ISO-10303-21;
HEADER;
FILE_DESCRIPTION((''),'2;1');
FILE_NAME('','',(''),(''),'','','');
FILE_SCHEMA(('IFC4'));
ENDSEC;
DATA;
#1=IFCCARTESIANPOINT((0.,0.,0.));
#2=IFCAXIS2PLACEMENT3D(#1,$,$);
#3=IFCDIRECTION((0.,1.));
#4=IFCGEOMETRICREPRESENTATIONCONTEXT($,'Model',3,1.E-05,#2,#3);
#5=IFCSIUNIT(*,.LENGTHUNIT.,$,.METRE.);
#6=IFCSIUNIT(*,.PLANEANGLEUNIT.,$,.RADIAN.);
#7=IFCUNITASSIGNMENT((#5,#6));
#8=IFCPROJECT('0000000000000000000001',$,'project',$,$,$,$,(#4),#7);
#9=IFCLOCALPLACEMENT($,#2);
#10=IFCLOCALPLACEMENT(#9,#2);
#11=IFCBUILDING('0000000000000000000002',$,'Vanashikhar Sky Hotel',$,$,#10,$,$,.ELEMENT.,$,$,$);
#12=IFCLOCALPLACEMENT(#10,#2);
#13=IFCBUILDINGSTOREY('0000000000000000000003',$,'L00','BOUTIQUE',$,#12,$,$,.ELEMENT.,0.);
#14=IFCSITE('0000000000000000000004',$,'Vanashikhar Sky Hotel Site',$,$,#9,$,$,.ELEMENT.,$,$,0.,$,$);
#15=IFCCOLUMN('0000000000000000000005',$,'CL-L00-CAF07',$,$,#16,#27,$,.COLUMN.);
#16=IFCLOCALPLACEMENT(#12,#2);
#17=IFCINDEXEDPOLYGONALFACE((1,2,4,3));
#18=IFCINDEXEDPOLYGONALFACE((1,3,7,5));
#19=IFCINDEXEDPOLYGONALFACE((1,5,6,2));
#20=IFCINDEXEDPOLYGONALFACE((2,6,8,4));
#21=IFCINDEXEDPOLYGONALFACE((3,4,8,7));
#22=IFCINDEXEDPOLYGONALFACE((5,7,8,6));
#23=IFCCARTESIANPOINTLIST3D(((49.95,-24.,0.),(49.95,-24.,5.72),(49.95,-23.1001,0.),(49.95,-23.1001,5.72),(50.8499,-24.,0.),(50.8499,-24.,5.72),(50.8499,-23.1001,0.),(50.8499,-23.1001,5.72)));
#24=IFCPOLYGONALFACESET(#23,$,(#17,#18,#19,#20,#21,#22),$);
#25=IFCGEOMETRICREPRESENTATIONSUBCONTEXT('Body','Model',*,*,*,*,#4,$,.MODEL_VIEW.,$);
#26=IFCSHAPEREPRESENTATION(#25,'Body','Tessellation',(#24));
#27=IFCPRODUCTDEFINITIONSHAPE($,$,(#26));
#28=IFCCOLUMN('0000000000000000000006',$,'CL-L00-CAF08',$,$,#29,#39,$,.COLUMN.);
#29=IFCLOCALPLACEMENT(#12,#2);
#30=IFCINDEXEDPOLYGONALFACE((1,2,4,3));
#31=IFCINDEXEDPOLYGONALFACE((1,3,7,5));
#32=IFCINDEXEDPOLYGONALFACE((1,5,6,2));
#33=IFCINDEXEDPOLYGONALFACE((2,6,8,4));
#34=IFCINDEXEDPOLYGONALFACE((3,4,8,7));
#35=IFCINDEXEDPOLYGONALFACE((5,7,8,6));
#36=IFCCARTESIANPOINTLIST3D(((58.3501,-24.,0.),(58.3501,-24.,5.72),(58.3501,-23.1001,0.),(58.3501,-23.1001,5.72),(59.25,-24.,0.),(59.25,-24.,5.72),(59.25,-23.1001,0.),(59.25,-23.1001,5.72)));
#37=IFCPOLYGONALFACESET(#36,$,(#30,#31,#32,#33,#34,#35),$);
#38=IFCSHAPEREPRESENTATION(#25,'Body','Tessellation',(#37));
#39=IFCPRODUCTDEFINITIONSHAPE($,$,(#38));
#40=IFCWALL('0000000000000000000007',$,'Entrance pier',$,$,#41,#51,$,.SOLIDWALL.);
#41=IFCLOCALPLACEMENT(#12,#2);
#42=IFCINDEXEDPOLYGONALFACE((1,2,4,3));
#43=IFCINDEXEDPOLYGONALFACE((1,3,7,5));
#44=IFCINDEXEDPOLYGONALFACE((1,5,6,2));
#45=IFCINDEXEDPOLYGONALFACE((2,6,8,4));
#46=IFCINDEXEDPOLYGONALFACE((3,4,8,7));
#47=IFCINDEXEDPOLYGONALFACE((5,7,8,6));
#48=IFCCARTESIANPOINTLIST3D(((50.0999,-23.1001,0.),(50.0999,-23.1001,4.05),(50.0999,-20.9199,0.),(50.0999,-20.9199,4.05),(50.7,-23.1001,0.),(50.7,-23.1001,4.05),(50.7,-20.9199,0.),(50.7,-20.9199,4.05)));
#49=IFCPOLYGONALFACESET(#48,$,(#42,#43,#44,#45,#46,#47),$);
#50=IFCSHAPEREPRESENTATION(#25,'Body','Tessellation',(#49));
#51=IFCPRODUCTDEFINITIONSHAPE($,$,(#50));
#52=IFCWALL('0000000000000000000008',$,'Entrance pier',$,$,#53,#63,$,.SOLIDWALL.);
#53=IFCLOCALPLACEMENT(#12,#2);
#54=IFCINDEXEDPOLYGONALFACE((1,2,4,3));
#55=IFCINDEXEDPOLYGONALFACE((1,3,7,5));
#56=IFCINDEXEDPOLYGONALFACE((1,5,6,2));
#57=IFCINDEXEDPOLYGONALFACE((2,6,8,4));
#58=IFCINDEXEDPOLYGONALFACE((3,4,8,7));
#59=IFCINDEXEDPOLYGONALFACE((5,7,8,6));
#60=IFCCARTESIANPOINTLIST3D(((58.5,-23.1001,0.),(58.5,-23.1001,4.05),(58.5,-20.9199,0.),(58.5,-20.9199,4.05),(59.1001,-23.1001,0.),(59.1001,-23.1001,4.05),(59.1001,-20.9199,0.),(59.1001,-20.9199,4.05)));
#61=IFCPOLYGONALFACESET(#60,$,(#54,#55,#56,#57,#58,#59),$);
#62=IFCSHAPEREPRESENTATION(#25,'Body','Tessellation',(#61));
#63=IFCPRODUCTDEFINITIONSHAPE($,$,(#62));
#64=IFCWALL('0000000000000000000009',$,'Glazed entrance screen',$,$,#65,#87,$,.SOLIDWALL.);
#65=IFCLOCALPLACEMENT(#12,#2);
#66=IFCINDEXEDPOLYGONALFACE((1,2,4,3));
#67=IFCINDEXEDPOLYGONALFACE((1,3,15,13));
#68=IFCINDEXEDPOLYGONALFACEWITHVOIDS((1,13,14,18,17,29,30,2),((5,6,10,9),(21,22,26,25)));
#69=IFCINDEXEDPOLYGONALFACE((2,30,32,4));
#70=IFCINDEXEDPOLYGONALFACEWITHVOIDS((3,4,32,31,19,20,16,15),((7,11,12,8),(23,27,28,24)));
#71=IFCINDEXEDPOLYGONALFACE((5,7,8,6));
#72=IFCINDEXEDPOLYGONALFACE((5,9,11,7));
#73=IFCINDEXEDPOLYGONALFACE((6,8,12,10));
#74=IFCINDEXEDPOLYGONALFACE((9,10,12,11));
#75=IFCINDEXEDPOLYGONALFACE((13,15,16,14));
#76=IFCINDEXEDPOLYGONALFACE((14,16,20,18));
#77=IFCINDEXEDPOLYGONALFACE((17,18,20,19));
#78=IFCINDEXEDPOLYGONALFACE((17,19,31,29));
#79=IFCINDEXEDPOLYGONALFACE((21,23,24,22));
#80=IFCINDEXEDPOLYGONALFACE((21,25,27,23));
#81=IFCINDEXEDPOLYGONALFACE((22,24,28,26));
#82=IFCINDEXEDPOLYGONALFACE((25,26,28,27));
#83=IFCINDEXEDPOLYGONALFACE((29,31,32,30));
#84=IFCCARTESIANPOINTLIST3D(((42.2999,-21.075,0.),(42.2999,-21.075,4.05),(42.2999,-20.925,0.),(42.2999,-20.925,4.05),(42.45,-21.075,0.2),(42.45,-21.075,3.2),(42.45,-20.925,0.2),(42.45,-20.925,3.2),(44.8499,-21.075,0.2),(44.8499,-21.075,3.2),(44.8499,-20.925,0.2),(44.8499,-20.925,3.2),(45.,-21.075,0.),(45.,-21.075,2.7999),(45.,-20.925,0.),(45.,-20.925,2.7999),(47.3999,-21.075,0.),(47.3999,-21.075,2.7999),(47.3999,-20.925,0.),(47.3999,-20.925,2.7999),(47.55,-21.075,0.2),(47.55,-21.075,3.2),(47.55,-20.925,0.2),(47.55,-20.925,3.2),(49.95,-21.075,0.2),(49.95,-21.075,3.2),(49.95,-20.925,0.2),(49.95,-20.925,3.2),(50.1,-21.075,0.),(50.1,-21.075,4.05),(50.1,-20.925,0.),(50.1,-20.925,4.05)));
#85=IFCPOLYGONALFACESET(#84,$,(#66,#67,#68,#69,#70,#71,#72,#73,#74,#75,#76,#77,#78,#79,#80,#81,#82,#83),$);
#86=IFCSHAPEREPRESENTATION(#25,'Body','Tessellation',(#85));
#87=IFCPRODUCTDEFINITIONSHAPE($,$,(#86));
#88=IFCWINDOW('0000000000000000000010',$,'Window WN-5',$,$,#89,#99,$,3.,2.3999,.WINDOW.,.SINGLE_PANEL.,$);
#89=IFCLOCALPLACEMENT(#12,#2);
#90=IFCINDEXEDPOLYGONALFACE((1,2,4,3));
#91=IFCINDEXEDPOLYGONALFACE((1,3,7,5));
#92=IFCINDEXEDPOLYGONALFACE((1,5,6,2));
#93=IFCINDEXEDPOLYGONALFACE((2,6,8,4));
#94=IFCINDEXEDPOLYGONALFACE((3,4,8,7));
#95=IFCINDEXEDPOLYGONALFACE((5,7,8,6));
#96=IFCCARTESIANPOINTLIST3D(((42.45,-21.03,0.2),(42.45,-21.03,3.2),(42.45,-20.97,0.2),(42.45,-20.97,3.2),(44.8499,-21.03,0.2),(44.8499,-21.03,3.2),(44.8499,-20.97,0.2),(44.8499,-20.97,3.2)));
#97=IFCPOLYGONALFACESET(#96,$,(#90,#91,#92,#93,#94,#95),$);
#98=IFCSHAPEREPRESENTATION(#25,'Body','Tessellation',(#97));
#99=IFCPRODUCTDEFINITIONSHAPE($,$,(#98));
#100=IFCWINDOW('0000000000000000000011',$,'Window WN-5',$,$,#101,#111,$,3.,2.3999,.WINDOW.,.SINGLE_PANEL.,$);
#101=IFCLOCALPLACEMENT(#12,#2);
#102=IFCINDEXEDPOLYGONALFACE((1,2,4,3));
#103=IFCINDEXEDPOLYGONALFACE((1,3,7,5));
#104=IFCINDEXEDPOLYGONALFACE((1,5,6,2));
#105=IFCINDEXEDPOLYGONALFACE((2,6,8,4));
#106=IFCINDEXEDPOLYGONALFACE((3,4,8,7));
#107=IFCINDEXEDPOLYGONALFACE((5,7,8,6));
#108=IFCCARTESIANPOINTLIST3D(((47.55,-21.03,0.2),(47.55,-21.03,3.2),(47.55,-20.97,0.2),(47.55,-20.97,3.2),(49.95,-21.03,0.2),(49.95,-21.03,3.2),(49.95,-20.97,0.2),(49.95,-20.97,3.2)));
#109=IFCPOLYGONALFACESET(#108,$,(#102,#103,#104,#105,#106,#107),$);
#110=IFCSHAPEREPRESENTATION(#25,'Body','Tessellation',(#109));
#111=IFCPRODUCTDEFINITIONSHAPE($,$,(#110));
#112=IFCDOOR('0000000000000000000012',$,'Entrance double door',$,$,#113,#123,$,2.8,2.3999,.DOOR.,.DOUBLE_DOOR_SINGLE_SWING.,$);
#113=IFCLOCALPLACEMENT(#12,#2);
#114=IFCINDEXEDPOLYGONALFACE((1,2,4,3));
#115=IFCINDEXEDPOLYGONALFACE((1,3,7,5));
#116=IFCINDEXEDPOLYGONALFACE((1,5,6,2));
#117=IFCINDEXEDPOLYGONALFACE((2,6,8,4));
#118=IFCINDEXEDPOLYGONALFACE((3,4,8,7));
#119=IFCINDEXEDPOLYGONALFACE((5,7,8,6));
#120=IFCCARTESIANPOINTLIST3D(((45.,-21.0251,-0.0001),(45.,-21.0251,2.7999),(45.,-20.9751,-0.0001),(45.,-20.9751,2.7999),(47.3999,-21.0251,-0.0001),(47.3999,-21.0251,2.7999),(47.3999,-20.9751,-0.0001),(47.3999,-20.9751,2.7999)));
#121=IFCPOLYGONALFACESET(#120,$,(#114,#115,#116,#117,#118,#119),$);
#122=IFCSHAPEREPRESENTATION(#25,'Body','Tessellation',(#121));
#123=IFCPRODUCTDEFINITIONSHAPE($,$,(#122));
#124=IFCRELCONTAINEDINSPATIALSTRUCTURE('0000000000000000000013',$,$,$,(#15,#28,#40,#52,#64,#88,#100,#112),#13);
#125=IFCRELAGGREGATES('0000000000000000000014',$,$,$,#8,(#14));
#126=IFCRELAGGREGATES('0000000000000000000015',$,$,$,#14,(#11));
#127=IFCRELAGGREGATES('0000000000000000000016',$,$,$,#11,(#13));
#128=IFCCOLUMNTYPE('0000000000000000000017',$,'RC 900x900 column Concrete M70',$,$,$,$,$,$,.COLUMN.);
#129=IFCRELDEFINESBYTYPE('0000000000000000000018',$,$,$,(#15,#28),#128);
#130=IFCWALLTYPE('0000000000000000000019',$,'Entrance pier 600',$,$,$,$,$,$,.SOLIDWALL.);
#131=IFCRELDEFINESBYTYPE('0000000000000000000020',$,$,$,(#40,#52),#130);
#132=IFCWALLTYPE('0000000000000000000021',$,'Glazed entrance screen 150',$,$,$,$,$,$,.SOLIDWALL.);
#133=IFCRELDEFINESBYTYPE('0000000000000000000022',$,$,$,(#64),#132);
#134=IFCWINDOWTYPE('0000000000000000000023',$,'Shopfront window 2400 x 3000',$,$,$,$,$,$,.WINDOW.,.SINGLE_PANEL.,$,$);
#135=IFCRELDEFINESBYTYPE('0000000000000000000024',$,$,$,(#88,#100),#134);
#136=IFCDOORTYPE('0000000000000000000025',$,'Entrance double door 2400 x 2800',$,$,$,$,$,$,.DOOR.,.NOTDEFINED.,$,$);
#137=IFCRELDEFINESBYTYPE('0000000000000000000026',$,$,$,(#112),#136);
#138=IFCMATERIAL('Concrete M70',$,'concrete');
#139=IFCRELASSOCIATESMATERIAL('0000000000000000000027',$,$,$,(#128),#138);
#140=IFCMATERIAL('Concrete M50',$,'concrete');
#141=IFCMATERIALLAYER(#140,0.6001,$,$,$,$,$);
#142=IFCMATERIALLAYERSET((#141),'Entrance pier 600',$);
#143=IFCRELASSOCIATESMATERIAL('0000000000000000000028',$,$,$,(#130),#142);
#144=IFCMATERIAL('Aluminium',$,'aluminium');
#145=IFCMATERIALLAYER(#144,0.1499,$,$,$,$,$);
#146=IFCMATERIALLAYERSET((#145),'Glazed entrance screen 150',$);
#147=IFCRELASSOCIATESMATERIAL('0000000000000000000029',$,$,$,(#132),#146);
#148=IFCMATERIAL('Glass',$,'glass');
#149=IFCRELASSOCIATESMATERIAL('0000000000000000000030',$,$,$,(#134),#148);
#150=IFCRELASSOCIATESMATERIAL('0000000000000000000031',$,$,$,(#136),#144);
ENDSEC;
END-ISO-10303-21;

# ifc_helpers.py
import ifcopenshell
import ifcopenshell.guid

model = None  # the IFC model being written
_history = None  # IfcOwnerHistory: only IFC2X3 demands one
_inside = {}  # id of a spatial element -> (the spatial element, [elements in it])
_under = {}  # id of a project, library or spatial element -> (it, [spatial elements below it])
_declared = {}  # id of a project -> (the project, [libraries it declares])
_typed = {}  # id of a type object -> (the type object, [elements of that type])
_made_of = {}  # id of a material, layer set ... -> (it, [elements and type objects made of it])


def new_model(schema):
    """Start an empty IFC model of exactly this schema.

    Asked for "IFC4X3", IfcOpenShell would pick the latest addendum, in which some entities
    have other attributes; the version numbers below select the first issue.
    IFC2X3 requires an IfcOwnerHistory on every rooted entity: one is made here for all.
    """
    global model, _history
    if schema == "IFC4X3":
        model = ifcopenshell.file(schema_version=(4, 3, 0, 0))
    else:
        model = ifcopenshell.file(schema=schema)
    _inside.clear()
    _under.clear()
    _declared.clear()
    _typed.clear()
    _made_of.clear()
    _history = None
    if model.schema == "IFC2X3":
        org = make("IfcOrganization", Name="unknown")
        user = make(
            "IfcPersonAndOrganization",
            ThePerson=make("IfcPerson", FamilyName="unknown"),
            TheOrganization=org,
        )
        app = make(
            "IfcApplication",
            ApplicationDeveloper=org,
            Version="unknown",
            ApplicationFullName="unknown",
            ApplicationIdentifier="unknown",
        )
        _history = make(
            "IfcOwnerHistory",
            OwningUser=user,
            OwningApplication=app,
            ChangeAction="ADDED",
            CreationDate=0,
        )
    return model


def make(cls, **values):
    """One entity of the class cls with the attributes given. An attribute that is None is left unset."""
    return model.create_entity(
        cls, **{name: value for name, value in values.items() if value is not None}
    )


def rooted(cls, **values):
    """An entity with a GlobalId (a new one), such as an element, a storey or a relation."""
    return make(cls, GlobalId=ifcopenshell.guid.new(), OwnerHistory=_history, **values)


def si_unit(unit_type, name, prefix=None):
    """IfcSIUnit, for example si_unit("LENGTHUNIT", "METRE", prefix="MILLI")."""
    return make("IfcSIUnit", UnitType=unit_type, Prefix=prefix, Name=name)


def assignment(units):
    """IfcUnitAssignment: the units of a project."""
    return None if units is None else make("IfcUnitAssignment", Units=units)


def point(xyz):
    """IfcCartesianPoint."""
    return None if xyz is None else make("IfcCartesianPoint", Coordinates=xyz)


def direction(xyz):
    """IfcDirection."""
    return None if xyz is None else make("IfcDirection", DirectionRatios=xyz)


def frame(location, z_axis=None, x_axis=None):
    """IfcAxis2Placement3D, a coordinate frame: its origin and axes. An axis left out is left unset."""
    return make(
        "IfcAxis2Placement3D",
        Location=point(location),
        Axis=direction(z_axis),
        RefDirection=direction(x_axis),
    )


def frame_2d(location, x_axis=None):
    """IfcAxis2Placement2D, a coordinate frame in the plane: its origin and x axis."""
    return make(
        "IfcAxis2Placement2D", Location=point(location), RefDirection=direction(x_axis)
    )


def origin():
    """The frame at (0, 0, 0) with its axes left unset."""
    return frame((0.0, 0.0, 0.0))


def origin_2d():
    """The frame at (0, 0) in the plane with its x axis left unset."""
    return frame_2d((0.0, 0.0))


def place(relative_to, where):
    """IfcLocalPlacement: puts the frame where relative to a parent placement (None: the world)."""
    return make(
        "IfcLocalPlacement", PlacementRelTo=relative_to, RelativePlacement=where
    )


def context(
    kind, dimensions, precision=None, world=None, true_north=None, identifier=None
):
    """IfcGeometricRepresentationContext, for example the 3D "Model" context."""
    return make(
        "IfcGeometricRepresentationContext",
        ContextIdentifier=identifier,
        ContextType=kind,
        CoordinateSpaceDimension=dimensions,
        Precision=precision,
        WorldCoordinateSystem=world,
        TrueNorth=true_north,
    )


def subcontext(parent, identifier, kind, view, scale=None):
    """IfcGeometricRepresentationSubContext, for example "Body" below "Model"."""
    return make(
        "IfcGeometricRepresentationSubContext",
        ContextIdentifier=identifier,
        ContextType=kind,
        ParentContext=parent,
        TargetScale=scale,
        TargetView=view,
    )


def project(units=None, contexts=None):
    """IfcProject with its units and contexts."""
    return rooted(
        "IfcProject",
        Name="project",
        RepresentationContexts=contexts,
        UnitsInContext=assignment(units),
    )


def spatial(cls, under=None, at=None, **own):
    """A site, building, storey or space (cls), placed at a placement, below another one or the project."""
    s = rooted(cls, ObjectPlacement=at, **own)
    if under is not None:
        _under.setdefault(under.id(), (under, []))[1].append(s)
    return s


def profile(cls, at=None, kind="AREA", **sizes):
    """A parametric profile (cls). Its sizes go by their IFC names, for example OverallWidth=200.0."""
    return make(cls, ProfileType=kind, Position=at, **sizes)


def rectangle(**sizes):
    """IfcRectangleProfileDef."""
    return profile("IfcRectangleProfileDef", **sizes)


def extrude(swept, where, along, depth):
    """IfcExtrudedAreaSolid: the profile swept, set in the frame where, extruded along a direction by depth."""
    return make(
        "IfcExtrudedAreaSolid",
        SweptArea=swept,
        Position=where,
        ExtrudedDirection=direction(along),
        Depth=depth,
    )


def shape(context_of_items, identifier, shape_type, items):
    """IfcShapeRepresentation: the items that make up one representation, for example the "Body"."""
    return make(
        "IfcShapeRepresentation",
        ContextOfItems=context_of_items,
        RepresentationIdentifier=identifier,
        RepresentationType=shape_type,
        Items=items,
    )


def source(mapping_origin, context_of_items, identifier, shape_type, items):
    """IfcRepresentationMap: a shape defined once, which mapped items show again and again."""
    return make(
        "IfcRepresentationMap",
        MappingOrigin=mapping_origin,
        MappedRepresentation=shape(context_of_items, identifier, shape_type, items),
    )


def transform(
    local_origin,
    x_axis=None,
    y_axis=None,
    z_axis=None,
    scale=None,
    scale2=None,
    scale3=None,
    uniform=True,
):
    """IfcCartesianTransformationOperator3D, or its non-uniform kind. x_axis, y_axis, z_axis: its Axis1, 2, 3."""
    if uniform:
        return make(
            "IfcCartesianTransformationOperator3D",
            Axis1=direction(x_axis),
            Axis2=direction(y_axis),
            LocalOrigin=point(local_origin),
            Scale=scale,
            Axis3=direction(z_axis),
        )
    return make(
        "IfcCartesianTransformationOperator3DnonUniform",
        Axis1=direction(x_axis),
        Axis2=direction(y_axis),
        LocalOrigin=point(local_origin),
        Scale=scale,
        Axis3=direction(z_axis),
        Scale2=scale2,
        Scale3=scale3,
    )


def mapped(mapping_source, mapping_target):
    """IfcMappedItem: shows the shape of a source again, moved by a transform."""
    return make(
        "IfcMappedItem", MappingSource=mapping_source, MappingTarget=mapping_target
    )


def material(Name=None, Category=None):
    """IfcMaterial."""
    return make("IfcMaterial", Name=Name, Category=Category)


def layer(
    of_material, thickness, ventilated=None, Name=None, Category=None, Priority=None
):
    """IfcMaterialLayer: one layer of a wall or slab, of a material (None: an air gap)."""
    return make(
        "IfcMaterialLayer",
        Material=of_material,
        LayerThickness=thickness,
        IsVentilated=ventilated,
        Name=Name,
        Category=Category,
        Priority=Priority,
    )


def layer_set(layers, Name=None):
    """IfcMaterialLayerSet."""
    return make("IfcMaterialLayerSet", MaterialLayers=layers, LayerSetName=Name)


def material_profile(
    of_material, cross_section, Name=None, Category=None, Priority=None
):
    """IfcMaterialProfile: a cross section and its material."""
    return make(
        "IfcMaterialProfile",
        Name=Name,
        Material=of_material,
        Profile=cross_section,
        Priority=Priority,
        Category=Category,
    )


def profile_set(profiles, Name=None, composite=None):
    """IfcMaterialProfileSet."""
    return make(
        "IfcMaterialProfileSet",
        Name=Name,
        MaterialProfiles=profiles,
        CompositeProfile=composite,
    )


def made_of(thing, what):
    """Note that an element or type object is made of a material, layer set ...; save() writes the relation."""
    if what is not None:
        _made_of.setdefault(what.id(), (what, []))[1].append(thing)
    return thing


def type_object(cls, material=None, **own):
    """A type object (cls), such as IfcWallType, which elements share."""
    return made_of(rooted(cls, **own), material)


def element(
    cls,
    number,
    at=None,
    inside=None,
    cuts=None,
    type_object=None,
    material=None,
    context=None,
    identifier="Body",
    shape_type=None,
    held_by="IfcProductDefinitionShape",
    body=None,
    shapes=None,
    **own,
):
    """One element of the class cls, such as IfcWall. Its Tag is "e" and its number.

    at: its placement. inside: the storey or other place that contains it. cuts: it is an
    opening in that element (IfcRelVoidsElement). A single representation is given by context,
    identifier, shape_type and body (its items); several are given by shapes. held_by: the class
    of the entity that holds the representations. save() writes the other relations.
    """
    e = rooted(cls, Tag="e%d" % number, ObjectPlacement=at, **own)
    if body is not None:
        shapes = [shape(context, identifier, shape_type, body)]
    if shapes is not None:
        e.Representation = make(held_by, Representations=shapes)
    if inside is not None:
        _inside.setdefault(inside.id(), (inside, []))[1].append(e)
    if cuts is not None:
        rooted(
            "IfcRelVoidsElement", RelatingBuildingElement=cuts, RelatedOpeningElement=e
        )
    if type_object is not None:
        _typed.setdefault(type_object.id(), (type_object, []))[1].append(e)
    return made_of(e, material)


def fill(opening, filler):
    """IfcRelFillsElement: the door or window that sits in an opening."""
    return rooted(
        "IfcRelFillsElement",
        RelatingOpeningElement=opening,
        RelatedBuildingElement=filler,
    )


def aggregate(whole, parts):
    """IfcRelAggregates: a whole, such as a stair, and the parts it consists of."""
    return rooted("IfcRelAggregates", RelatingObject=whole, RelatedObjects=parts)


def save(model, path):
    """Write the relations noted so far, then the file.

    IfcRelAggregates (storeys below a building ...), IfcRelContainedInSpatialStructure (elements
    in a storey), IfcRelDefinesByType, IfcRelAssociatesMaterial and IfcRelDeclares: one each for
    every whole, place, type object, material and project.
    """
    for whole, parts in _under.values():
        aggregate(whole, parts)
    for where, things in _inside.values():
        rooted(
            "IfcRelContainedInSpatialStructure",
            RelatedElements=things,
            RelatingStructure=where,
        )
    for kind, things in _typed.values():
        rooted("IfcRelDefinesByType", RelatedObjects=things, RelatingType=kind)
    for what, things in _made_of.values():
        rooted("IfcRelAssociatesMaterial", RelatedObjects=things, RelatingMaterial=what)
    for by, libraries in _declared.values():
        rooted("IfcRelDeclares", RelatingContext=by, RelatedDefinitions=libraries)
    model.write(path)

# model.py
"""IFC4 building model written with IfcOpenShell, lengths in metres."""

from ifc_helpers import new_model, si_unit, direction, frame, frame_2d, origin, origin_2d, place, context, subcontext, project, spatial, rectangle, extrude, source, transform, mapped, material, layer, layer_set, material_profile, profile_set, type_object, element, fill, save


model = new_model("IFC4")

# Units and contexts
model_context = context("Model", 3, precision=1e-05, world=origin(), true_north=direction((0.0, 1.0)))
body_context = subcontext(model_context, "Body", "Model", "MODEL_VIEW")
ifc_project = project(units=[si_unit("LENGTHUNIT", "METRE"), si_unit("PLANEANGLEUNIT", "RADIAN")], contexts=[model_context])

# Site, building, storey
site_placement = place(None, origin())
site = spatial("IfcSite", under=ifc_project, at=site_placement, Name="Vanashikhar Sky Hotel Site", CompositionType="ELEMENT", RefElevation=0.0)
building_placement = place(site_placement, origin())
building = spatial("IfcBuilding", under=site, at=building_placement, Name="Vanashikhar Sky Hotel", CompositionType="ELEMENT")
storey_placement = place(building_placement, origin())
storey = spatial("IfcBuildingStorey", under=building, at=storey_placement, Name="L00", Description="BOUTIQUE", CompositionType="ELEMENT", Elevation=0.0)

# Columns
ifc_material_1 = material(Name="Concrete M70", Category="concrete")
ifc_material_profile = material_profile(ifc_material_1, rectangle(XDim=0.8999, YDim=0.8999, at=origin_2d()))
ifc_profile_set = profile_set([ifc_material_profile], Name="RC 900x900 column Concrete M70")
column_type = type_object("IfcColumnType", Name="RC 900x900 column Concrete M70", PredefinedType="COLUMN", material=ifc_profile_set)
shared_shape_1 = source(origin(), body_context, "Body", "SweptSolid", [
    extrude(rectangle(XDim=0.8999, YDim=0.8999, at=origin_2d()), origin(), (0.0, 0.0, 1.0), 5.72),
])
for number, where, z_axis, x_axis, name in (
    (1, (50.3999, -23.55, 0.0), (0.0, 0.0, 1.0), (1.0, 0.0, 0.0), "CL-L00-CAF07"),
    (2, (58.8, -23.55, 0.0), (0.0, 0.0, 1.0), (1.0, 0.0, 0.0), "CL-L00-CAF08"),
):
    element("IfcColumn", number, at=place(storey_placement, frame(where, z_axis=z_axis, x_axis=x_axis)), inside=storey, type_object=column_type, Name=name, PredefinedType="COLUMN", context=body_context, shape_type="MappedRepresentation", body=[
        mapped(shared_shape_1, transform((0.0, 0.0, 0.0), scale=1.0)),
    ])

# Walls
ifc_material_2 = material(Name="Concrete M50", Category="concrete")
ifc_layer_1 = layer(ifc_material_2, 0.6001)
ifc_layer_set_1 = layer_set([ifc_layer_1], Name="Entrance pier 600")
wall_type_1 = type_object("IfcWallType", Name="Entrance pier 600", PredefinedType="SOLIDWALL", material=ifc_layer_set_1)
shared_shape_2 = source(origin(), body_context, "Body", "SweptSolid", [
    extrude(rectangle(XDim=2.1802, YDim=0.6001, at=frame_2d((1.0901, 0.0))), origin(), (0.0, 0.0, 1.0), 4.05),
])
for number, where, z_axis, x_axis, name in (
    (3, (50.3999, -23.1001, 0.0), (0.0, 0.0, 1.0), (0.0, 1.0, 0.0), "Entrance pier"),
    (4, (58.8, -23.1001, 0.0), (0.0, 0.0, 1.0), (0.0, 1.0, 0.0), "Entrance pier"),
):
    element("IfcWall", number, at=place(storey_placement, frame(where, z_axis=z_axis, x_axis=x_axis)), inside=storey, type_object=wall_type_1, Name=name, PredefinedType="SOLIDWALL", context=body_context, shape_type="MappedRepresentation", body=[
        mapped(shared_shape_2, transform((0.0, 0.0, 0.0), scale=1.0)),
    ])

# Wall, openings, windows, door
ifc_material_3 = material(Name="Aluminium", Category="aluminium")
ifc_layer_2 = layer(ifc_material_3, 0.1499)
ifc_layer_set_2 = layer_set([ifc_layer_2], Name="Glazed entrance screen 150")
wall_type_2 = type_object("IfcWallType", Name="Glazed entrance screen 150", PredefinedType="SOLIDWALL", material=ifc_layer_set_2)
shared_shape_3 = source(origin(), body_context, "Body", "SweptSolid", [
    extrude(rectangle(XDim=7.8, YDim=0.1499, at=frame_2d((3.8999, 0.0))), origin(), (0.0, 0.0, 1.0), 4.05),
])
wall_1_placement = place(storey_placement, frame((42.3, -21.0, 0.0), z_axis=(0.0, 0.0, 1.0), x_axis=(1.0, 0.0, 0.0)))
wall_1 = element("IfcWall", 5, at=wall_1_placement, inside=storey, type_object=wall_type_2, Name="Glazed entrance screen", PredefinedType="SOLIDWALL", context=body_context, shape_type="MappedRepresentation", body=[
    mapped(shared_shape_3, transform((0.0, 0.0, 0.0), scale=1.0)),
])
shared_shape_4 = source(origin(), body_context, "Body", "SweptSolid", [
    extrude(rectangle(XDim=2.3999, YDim=2.8, at=frame_2d((1.2, 1.3999))), frame((0.0, 0.085, 0.0), z_axis=(0.0, -1.0, 0.0), x_axis=(1.0, 0.0, 0.0)), (0.0, 0.0, 1.0), 0.1699),
])
opening_1_placement = place(wall_1_placement, frame((2.7, 0.0, 0.0)))
opening_1 = element("IfcOpeningElement", 6, at=opening_1_placement, cuts=wall_1, PredefinedType="OPENING", context=body_context, shape_type="MappedRepresentation", body=[
    mapped(shared_shape_4, transform((0.0, 0.0, 0.0), scale=1.0)),
])
shared_shape_5 = source(origin(), body_context, "Body", "SweptSolid", [
    extrude(rectangle(XDim=2.3999, YDim=3.0, at=frame_2d((1.2, 1.5))), frame((0.0, 0.085, 0.0), z_axis=(0.0, -1.0, 0.0), x_axis=(1.0, 0.0, 0.0)), (0.0, 0.0, 1.0), 0.1699),
])
opening_2_placement = place(wall_1_placement, frame((0.1499, 0.0, 0.2)))
opening_2 = element("IfcOpeningElement", 7, at=opening_2_placement, cuts=wall_1, PredefinedType="OPENING", context=body_context, shape_type="MappedRepresentation", body=[
    mapped(shared_shape_5, transform((0.0, 0.0, 0.0), scale=1.0)),
])
opening_3_placement = place(wall_1_placement, frame((5.25, 0.0, 0.2)))
opening_3 = element("IfcOpeningElement", 8, at=opening_3_placement, cuts=wall_1, PredefinedType="OPENING", context=body_context, shape_type="MappedRepresentation", body=[
    mapped(shared_shape_5, transform((0.0, 0.0, 0.0), scale=1.0)),
])
ifc_material_4 = material(Name="Glass", Category="glass")
window_type = type_object("IfcWindowType", Name="Shopfront window 2400 x 3000", PartitioningType="SINGLE_PANEL", PredefinedType="WINDOW", material=ifc_material_4)
shared_shape_6 = source(origin(), body_context, "Body", "SweptSolid", [
    extrude(rectangle(XDim=2.3999, YDim=3.0, at=frame_2d((1.2, 1.5))), frame((0.0, 0.03, 0.0), z_axis=(0.0, -1.0, 0.0), x_axis=(1.0, 0.0, 0.0)), (0.0, 0.0, 1.0), 0.0601),
])
window_1_placement = place(opening_2_placement, origin())
window_1 = element("IfcWindow", 9, at=window_1_placement, inside=storey, type_object=window_type, Name="Window WN-5", OverallHeight=3.0, OverallWidth=2.3999, PartitioningType="SINGLE_PANEL", PredefinedType="WINDOW", context=body_context, shape_type="MappedRepresentation", body=[
    mapped(shared_shape_6, transform((0.0, 0.0, 0.0), scale=1.0)),
])
fill(opening_2, window_1)
window_2_placement = place(opening_3_placement, origin())
window_2 = element("IfcWindow", 10, at=window_2_placement, inside=storey, type_object=window_type, Name="Window WN-5", OverallHeight=3.0, OverallWidth=2.3999, PartitioningType="SINGLE_PANEL", PredefinedType="WINDOW", context=body_context, shape_type="MappedRepresentation", body=[
    mapped(shared_shape_6, transform((0.0, 0.0, 0.0), scale=1.0)),
])
fill(opening_3, window_2)
door_type = type_object("IfcDoorType", Name="Entrance double door 2400 x 2800", OperationType="NOTDEFINED", PredefinedType="DOOR", material=ifc_material_3)
shared_shape_7 = source(origin(), body_context, "Body", "SweptSolid", [
    extrude(rectangle(XDim=2.3999, YDim=2.8, at=frame_2d((1.2, 1.3999))), frame((0.0, 0.0249, 0.0), z_axis=(0.0, -1.0, 0.0), x_axis=(1.0, 0.0, 0.0)), (0.0, 0.0, 1.0), 0.05),
])
door_1_placement = place(opening_1_placement, origin())
door_1 = element("IfcDoor", 11, at=door_1_placement, inside=storey, type_object=door_type, Name="Entrance double door", OperationType="DOUBLE_DOOR_SINGLE_SWING", OverallHeight=2.8, OverallWidth=2.3999, PredefinedType="DOOR", context=body_context, shape_type="MappedRepresentation", body=[
    mapped(shared_shape_7, transform((0.0, 0.0, 0.0), scale=1.0)),
])
fill(opening_1, door_1)

save(model, "model.ifc")
